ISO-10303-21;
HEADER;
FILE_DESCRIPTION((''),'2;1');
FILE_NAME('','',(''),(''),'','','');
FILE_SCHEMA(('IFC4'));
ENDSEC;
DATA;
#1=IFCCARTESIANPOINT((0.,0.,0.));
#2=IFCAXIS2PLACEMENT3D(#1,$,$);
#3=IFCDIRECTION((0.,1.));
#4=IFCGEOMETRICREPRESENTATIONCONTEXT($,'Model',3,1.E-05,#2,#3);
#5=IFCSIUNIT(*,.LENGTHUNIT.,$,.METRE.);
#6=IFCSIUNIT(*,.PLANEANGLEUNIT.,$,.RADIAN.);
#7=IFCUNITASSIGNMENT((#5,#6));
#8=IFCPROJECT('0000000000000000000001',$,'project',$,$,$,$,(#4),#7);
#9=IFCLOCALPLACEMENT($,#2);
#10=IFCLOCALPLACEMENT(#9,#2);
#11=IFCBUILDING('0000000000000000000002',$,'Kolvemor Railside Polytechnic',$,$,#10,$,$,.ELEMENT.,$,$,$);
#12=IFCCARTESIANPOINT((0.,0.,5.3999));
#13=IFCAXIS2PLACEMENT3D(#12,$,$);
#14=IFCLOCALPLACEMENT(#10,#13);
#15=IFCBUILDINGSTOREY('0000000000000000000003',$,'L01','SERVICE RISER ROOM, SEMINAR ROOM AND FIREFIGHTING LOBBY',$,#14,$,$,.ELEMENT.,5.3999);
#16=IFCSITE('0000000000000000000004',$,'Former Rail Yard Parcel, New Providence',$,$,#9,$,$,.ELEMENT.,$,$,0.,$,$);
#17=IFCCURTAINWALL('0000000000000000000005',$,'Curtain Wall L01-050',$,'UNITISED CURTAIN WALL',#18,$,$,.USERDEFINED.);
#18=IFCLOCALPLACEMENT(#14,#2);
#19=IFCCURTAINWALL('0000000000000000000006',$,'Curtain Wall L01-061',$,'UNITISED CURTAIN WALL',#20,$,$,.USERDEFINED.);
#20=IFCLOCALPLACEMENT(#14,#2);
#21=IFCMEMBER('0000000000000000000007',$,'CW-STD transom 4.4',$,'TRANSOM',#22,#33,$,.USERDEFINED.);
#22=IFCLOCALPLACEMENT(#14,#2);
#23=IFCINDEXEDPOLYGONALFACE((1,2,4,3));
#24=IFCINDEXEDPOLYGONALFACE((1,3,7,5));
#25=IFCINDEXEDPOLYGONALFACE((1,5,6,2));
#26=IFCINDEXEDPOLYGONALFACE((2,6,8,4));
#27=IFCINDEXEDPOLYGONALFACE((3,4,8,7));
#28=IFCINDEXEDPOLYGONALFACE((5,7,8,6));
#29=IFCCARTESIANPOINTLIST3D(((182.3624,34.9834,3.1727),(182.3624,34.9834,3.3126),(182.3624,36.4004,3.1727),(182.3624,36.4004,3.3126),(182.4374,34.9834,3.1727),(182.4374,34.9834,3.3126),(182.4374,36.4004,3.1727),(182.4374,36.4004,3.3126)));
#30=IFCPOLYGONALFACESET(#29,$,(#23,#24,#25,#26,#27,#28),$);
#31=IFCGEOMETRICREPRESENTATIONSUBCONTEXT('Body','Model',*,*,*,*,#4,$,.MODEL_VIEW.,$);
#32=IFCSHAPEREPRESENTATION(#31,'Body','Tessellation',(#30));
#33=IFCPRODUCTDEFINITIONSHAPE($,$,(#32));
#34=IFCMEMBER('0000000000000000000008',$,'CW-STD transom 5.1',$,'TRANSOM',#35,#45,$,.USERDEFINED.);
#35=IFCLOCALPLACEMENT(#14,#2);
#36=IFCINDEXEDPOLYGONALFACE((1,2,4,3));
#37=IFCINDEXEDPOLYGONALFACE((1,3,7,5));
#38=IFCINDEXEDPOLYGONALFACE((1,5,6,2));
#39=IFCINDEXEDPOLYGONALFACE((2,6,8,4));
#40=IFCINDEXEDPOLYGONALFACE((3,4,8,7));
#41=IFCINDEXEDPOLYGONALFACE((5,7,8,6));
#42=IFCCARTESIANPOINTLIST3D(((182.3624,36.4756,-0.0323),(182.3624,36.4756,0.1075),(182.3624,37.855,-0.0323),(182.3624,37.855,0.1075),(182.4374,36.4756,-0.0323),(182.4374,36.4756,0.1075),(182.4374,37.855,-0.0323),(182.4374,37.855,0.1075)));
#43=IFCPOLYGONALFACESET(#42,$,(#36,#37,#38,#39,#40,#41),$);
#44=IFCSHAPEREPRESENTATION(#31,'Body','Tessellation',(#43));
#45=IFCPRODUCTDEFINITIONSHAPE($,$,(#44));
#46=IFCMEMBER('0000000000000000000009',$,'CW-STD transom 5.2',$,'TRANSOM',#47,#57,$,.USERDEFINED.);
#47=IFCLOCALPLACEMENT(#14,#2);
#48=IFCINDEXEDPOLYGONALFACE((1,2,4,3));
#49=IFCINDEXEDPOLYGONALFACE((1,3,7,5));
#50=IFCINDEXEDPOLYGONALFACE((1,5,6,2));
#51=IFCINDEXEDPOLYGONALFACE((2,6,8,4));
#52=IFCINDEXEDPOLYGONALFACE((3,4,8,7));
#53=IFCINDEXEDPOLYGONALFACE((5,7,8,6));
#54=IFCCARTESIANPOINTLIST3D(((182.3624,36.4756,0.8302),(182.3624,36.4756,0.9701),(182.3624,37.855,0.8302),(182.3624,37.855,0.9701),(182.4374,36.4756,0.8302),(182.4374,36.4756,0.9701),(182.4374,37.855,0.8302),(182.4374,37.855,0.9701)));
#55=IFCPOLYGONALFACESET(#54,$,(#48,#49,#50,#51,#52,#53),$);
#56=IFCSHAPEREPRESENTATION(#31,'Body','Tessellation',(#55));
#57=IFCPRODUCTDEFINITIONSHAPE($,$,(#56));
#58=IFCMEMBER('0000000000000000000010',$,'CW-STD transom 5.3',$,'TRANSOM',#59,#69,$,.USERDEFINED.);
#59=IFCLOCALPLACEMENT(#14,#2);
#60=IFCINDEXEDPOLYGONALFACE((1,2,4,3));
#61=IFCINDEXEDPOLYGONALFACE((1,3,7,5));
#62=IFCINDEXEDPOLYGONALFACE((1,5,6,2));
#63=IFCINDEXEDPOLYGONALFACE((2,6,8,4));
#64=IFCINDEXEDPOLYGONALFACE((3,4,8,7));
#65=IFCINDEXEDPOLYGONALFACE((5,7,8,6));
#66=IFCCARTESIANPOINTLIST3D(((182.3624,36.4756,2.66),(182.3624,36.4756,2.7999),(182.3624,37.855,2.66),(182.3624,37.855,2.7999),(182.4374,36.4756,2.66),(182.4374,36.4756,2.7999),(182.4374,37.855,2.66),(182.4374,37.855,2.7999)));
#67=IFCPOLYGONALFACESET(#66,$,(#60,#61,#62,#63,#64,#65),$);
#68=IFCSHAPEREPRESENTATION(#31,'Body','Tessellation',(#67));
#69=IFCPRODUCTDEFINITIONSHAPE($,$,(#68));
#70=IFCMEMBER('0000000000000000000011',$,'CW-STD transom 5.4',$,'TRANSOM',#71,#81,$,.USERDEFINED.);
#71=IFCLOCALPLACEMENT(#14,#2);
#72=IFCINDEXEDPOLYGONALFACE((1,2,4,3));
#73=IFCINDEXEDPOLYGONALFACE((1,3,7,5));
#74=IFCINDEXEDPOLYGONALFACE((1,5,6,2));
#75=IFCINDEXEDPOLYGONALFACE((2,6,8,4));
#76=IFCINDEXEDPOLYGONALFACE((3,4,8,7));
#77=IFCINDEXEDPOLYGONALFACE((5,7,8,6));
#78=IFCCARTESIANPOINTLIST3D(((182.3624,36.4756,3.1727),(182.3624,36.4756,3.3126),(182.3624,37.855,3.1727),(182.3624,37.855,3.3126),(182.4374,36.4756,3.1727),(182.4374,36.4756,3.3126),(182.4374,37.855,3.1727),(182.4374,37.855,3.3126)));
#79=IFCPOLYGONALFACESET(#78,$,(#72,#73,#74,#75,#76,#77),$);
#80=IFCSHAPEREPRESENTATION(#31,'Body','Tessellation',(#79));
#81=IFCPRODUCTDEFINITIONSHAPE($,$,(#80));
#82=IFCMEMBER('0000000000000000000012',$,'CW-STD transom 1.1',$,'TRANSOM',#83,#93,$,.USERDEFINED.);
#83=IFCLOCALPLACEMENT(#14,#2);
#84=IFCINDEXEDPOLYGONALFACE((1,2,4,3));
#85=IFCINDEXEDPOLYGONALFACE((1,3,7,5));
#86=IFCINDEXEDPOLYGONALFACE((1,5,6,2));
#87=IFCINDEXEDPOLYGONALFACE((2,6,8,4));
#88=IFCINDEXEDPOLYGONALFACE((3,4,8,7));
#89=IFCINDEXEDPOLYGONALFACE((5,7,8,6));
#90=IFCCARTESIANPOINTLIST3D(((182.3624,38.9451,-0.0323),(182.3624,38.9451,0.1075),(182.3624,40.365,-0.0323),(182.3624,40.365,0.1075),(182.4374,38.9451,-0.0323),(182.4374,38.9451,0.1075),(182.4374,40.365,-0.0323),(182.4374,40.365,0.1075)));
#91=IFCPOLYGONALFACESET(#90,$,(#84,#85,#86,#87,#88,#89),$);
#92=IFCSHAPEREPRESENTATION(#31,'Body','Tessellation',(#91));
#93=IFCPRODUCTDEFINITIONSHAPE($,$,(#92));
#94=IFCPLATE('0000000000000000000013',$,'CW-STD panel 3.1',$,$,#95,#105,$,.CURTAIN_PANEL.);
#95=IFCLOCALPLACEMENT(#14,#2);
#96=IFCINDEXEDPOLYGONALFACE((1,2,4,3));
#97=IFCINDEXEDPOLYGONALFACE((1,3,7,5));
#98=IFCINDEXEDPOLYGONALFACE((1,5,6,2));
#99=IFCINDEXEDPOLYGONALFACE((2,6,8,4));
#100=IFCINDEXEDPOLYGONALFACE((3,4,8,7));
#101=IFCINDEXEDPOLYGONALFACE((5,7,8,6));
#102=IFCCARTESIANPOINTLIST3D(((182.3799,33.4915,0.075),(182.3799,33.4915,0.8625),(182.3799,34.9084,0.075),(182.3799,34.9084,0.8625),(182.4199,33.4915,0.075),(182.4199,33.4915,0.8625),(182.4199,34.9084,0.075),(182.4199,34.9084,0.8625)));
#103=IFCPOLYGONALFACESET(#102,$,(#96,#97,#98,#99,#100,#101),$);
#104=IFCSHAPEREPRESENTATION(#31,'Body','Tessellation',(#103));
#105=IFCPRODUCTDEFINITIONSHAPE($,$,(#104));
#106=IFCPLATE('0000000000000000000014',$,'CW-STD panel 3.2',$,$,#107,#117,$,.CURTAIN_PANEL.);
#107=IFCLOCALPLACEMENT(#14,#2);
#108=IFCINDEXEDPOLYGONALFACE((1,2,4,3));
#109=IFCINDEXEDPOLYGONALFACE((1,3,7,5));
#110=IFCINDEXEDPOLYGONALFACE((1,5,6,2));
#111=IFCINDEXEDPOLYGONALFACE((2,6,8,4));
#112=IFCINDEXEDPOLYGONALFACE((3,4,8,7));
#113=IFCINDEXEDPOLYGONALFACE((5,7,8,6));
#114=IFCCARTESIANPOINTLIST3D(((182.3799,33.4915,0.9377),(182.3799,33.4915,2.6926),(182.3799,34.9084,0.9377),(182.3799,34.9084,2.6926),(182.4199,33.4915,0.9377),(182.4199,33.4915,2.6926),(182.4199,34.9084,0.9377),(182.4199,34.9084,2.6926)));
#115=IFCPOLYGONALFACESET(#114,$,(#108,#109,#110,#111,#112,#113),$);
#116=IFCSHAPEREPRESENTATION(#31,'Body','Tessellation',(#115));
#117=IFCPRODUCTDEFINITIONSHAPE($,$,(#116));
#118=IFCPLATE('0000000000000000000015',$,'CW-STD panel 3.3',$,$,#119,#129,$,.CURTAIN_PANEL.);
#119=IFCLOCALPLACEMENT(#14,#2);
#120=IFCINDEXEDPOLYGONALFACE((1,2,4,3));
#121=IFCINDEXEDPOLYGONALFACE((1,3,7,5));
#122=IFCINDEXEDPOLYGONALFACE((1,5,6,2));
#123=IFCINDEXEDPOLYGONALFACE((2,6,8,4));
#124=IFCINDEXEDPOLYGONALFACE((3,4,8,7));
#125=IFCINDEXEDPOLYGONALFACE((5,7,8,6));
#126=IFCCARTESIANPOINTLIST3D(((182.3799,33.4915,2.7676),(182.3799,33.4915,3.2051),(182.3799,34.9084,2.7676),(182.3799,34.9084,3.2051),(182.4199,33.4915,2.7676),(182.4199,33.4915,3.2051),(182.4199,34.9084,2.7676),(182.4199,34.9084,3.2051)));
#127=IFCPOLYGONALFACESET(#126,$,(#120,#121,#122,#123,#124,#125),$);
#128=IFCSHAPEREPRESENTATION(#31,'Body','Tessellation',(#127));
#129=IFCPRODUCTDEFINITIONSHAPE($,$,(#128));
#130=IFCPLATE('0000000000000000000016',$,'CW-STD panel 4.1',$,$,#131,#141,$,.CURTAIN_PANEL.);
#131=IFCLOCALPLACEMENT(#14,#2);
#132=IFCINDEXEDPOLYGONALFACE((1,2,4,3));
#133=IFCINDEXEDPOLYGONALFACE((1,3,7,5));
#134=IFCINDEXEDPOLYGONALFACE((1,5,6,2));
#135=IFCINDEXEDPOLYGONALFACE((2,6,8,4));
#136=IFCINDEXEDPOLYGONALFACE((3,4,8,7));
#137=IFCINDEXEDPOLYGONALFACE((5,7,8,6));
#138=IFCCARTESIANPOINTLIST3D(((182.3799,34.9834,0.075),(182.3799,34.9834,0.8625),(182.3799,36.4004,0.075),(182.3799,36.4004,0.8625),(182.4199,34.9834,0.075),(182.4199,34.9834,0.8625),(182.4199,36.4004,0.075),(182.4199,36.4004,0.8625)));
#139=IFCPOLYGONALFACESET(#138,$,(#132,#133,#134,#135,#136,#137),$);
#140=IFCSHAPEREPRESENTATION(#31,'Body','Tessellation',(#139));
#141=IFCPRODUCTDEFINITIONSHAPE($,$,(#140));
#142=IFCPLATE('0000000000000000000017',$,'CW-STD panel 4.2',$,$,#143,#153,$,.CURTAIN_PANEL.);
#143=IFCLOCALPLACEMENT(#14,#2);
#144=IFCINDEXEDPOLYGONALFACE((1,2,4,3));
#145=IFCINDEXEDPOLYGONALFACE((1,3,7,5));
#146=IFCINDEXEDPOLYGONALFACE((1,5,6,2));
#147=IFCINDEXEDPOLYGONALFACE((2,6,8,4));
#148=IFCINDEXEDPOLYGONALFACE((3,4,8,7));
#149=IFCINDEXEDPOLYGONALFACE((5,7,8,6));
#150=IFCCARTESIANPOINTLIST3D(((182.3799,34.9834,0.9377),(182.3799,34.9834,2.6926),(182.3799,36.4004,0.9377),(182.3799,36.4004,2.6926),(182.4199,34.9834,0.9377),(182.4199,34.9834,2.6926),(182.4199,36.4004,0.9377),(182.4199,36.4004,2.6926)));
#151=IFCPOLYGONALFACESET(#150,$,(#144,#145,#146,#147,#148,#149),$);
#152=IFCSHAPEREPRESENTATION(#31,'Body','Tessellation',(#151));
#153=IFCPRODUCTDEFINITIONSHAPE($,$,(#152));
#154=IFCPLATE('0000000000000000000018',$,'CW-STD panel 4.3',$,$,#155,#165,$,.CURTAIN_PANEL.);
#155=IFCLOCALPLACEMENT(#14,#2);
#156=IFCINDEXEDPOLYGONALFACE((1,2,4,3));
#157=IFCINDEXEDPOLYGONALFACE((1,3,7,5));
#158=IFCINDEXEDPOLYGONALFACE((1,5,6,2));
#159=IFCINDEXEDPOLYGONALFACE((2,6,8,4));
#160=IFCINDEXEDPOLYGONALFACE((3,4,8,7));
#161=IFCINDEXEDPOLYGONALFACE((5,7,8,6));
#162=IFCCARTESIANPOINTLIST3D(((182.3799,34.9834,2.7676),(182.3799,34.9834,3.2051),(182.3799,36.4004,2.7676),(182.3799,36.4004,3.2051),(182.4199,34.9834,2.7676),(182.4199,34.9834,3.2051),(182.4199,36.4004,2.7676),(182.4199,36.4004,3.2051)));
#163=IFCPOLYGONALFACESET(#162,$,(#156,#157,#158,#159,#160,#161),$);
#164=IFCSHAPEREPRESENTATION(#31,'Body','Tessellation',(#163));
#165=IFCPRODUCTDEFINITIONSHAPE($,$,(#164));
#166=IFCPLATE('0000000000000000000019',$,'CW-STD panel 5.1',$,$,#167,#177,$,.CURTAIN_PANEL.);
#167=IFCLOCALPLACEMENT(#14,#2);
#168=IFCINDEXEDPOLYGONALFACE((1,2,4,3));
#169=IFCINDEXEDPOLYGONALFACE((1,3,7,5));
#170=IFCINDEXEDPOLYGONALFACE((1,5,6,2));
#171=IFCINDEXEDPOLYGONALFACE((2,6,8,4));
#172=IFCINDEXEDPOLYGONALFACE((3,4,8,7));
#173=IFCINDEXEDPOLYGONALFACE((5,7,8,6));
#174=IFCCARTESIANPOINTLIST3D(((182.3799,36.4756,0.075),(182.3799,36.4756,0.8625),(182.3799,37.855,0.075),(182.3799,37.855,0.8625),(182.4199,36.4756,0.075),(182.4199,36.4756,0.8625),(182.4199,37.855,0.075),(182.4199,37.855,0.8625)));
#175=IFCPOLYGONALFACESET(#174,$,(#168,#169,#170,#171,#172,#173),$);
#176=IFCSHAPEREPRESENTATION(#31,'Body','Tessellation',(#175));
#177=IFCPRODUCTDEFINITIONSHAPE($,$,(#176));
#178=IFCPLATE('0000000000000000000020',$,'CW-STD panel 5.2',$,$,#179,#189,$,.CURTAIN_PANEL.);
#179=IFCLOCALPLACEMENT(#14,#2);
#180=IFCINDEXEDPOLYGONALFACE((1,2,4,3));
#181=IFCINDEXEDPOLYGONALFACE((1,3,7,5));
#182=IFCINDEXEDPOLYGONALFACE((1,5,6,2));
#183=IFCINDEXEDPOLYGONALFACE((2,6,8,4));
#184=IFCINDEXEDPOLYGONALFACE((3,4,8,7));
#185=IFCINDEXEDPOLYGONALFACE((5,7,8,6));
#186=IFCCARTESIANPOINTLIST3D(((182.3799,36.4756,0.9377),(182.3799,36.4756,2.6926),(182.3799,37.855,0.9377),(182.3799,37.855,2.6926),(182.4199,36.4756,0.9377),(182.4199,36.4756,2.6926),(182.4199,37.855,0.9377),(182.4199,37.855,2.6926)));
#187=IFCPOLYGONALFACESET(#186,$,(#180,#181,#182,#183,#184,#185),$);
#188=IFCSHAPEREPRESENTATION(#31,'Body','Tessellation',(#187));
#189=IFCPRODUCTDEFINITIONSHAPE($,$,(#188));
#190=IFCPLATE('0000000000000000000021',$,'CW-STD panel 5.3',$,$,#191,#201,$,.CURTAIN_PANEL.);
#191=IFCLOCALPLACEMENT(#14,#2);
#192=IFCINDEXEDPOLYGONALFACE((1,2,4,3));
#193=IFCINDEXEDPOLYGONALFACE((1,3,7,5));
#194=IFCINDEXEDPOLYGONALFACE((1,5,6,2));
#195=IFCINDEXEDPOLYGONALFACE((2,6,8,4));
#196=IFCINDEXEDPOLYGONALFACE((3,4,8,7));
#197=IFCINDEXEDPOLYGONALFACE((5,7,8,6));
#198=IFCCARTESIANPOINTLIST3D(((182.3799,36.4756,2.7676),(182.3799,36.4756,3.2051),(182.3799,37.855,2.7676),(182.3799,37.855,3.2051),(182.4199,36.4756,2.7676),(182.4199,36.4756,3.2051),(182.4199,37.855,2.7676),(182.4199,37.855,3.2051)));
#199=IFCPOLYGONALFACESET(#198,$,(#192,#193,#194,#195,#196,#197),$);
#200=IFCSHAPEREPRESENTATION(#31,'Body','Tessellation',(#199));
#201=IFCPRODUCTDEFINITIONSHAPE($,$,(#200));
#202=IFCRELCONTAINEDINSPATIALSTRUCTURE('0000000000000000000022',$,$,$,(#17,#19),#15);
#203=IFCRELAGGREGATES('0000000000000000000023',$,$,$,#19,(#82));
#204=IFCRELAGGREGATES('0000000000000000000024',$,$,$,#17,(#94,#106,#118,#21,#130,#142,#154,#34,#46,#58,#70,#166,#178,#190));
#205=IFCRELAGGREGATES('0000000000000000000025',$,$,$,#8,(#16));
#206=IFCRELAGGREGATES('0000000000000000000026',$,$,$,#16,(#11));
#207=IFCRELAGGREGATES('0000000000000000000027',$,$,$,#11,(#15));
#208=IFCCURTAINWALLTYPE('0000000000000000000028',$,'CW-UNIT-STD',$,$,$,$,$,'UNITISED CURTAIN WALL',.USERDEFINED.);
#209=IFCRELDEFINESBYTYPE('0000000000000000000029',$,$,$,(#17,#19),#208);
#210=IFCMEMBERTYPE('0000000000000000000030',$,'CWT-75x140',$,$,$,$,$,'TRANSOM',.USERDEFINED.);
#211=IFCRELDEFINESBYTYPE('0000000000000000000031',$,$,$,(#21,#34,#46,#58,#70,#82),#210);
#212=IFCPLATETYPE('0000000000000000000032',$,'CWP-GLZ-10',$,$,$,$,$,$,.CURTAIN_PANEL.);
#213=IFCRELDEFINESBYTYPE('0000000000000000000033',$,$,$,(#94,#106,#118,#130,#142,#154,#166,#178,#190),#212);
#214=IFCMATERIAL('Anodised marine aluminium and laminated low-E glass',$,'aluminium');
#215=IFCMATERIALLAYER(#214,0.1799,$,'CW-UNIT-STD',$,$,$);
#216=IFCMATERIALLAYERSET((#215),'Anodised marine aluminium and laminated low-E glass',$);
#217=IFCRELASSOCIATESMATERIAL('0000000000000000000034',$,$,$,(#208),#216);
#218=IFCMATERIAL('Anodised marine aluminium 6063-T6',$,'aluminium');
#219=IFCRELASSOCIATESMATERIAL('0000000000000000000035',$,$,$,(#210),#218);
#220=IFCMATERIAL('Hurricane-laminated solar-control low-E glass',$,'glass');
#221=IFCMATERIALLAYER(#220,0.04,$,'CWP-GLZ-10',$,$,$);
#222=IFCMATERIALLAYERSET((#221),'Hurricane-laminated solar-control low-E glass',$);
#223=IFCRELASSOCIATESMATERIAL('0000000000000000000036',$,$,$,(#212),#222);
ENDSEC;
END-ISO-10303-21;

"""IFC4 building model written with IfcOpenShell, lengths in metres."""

from ifc_helpers import new_model, si_unit, direction, frame, origin, origin_2d, place, context, subcontext, project, spatial, rectangle, extrude, material, layer, layer_set, material_profile, profile_set, type_object, element, aggregate, save


model = new_model("IFC4")

# Units and contexts
model_context = context("Model", 3, precision=1e-05, world=origin(), true_north=direction((0.0, 1.0)))
body_context = subcontext(model_context, "Body", "Model", "MODEL_VIEW")
ifc_project = project(units=[si_unit("LENGTHUNIT", "METRE"), si_unit("PLANEANGLEUNIT", "RADIAN")], contexts=[model_context])

# Site, building, storey
site_placement = place(None, origin())
site = spatial("IfcSite", under=ifc_project, at=site_placement, Name="Former Rail Yard Parcel, New Providence", CompositionType="ELEMENT", RefElevation=0.0)
building_placement = place(site_placement, origin())
building = spatial("IfcBuilding", under=site, at=building_placement, Name="Kolvemor Railside Polytechnic", CompositionType="ELEMENT")
storey_placement = place(building_placement, frame((0.0, 0.0, 5.3999)))
storey = spatial("IfcBuildingStorey", under=building, at=storey_placement, Name="L01", Description="SERVICE RISER ROOM, SEMINAR ROOM AND FIREFIGHTING LOBBY", CompositionType="ELEMENT", Elevation=5.3999)

# Curtain wall
ifc_material_1 = material(Name="Anodised marine aluminium and laminated low-E glass", Category="aluminium")
ifc_layer_1 = layer(ifc_material_1, 0.1799, Name="CW-UNIT-STD")
ifc_layer_set_1 = layer_set([ifc_layer_1], Name="Anodised marine aluminium and laminated low-E glass")
curtain_wall_type = type_object("IfcCurtainWallType", Name="CW-UNIT-STD", ElementType="UNITISED CURTAIN WALL", PredefinedType="USERDEFINED", material=ifc_layer_set_1)
curtain_wall_1_placement = place(storey_placement, origin())
curtain_wall_1 = element("IfcCurtainWall", 1, at=curtain_wall_1_placement, inside=storey, type_object=curtain_wall_type, Name="Curtain Wall L01-050", ObjectType="UNITISED CURTAIN WALL", PredefinedType="USERDEFINED")

# Curtain wall
curtain_wall_2_placement = place(storey_placement, origin())
curtain_wall_2 = element("IfcCurtainWall", 2, at=curtain_wall_2_placement, inside=storey, type_object=curtain_wall_type, Name="Curtain Wall L01-061", ObjectType="UNITISED CURTAIN WALL", PredefinedType="USERDEFINED")

# Members
ifc_material_2 = material(Name="Anodised marine aluminium 6063-T6", Category="aluminium")
ifc_material_profile_1 = material_profile(ifc_material_2, rectangle(XDim=0.075, YDim=0.1399, at=origin_2d()), Name="CW-TRN-75x140")
ifc_profile_set_1 = profile_set([ifc_material_profile_1], Name="Anodised marine aluminium 6063-T6")
member_type_1 = type_object("IfcMemberType", Name="CWT-75x140", ElementType="TRANSOM", PredefinedType="USERDEFINED", material=ifc_profile_set_1)
member_1_placement = place(storey_placement, frame((182.3999, 34.9834, 3.2427), z_axis=(0.0, 1.0, 0.0), x_axis=(-1.0, 0.0, 0.0)))
member_1 = element("IfcMember", 3, at=member_1_placement, type_object=member_type_1, Name="CW-STD transom 4.4", ObjectType="TRANSOM", PredefinedType="USERDEFINED", context=body_context, shape_type="SweptSolid", body=[
    extrude(rectangle(XDim=0.075, YDim=0.1399, at=origin_2d()), origin(), (0.0, 0.0, 1.0), 1.417),
])
member_2_placement = place(storey_placement, frame((182.3999, 36.4756, 0.0376), z_axis=(0.0, 1.0, 0.0), x_axis=(-1.0, 0.0, 0.0)))
member_2 = element("IfcMember", 4, at=member_2_placement, type_object=member_type_1, Name="CW-STD transom 5.1", ObjectType="TRANSOM", PredefinedType="USERDEFINED", context=body_context, shape_type="SweptSolid", body=[
    extrude(rectangle(XDim=0.075, YDim=0.1399, at=origin_2d()), origin(), (0.0, 0.0, 1.0), 1.3794),
])
member_3_placement = place(storey_placement, frame((182.3999, 36.4756, 0.9001), z_axis=(0.0, 1.0, 0.0), x_axis=(-1.0, 0.0, 0.0)))
member_3 = element("IfcMember", 5, at=member_3_placement, type_object=member_type_1, Name="CW-STD transom 5.2", ObjectType="TRANSOM", PredefinedType="USERDEFINED", context=body_context, shape_type="SweptSolid", body=[
    extrude(rectangle(XDim=0.075, YDim=0.1399, at=origin_2d()), origin(), (0.0, 0.0, 1.0), 1.3794),
])
member_4_placement = place(storey_placement, frame((182.3999, 36.4756, 2.73), z_axis=(0.0, 1.0, 0.0), x_axis=(-1.0, 0.0, 0.0)))
member_4 = element("IfcMember", 6, at=member_4_placement, type_object=member_type_1, Name="CW-STD transom 5.3", ObjectType="TRANSOM", PredefinedType="USERDEFINED", context=body_context, shape_type="SweptSolid", body=[
    extrude(rectangle(XDim=0.075, YDim=0.1399, at=origin_2d()), origin(), (0.0, 0.0, 1.0), 1.3794),
])
member_5_placement = place(storey_placement, frame((182.3999, 36.4756, 3.2427), z_axis=(0.0, 1.0, 0.0), x_axis=(-1.0, 0.0, 0.0)))
member_5 = element("IfcMember", 7, at=member_5_placement, type_object=member_type_1, Name="CW-STD transom 5.4", ObjectType="TRANSOM", PredefinedType="USERDEFINED", context=body_context, shape_type="SweptSolid", body=[
    extrude(rectangle(XDim=0.075, YDim=0.1399, at=origin_2d()), origin(), (0.0, 0.0, 1.0), 1.3794),
])
member_6_placement = place(storey_placement, frame((182.3999, 38.9451, 0.0376), z_axis=(0.0, 1.0, 0.0), x_axis=(-1.0, 0.0, 0.0)))
member_6 = element("IfcMember", 8, at=member_6_placement, type_object=member_type_1, Name="CW-STD transom 1.1", ObjectType="TRANSOM", PredefinedType="USERDEFINED", context=body_context, shape_type="SweptSolid", body=[
    extrude(rectangle(XDim=0.075, YDim=0.1399, at=origin_2d()), origin(), (0.0, 0.0, 1.0), 1.4199),
])
aggregate(curtain_wall_2, [member_6])

# Plates
ifc_material_3 = material(Name="Hurricane-laminated solar-control low-E glass", Category="glass")
ifc_layer_2 = layer(ifc_material_3, 0.04, Name="CWP-GLZ-10")
ifc_layer_set_2 = layer_set([ifc_layer_2], Name="Hurricane-laminated solar-control low-E glass")
plate_type = type_object("IfcPlateType", Name="CWP-GLZ-10", PredefinedType="CURTAIN_PANEL", material=ifc_layer_set_2)
plate_1_placement = place(storey_placement, frame((182.3999, 34.2, 0.075), z_axis=(0.0, 0.0, 1.0), x_axis=(0.0, 1.0, 0.0)))
plate_1 = element("IfcPlate", 9, at=plate_1_placement, type_object=plate_type, Name="CW-STD panel 3.1", PredefinedType="CURTAIN_PANEL", context=body_context, shape_type="SweptSolid", body=[
    extrude(rectangle(XDim=1.417, YDim=0.04, at=origin_2d()), origin(), (0.0, 0.0, 1.0), 0.7876),
])
plate_2_placement = place(storey_placement, frame((182.3999, 34.2, 0.9377), z_axis=(0.0, 0.0, 1.0), x_axis=(0.0, 1.0, 0.0)))
plate_2 = element("IfcPlate", 10, at=plate_2_placement, type_object=plate_type, Name="CW-STD panel 3.2", PredefinedType="CURTAIN_PANEL", context=body_context, shape_type="SweptSolid", body=[
    extrude(rectangle(XDim=1.417, YDim=0.04, at=origin_2d()), origin(), (0.0, 0.0, 1.0), 1.7549),
])
plate_3_placement = place(storey_placement, frame((182.3999, 34.2, 2.7676), z_axis=(0.0, 0.0, 1.0), x_axis=(0.0, 1.0, 0.0)))
plate_3 = element("IfcPlate", 11, at=plate_3_placement, type_object=plate_type, Name="CW-STD panel 3.3", PredefinedType="CURTAIN_PANEL", context=body_context, shape_type="SweptSolid", body=[
    extrude(rectangle(XDim=1.417, YDim=0.04, at=origin_2d()), origin(), (0.0, 0.0, 1.0), 0.4375),
])
plate_4_placement = place(storey_placement, frame((182.3999, 35.6919, 0.075), z_axis=(0.0, 0.0, 1.0), x_axis=(0.0, 1.0, 0.0)))
plate_4 = element("IfcPlate", 12, at=plate_4_placement, type_object=plate_type, Name="CW-STD panel 4.1", PredefinedType="CURTAIN_PANEL", context=body_context, shape_type="SweptSolid", body=[
    extrude(rectangle(XDim=1.417, YDim=0.04, at=origin_2d()), origin(), (0.0, 0.0, 1.0), 0.7876),
])
plate_5_placement = place(storey_placement, frame((182.3999, 35.6919, 0.9377), z_axis=(0.0, 0.0, 1.0), x_axis=(0.0, 1.0, 0.0)))
plate_5 = element("IfcPlate", 13, at=plate_5_placement, type_object=plate_type, Name="CW-STD panel 4.2", PredefinedType="CURTAIN_PANEL", context=body_context, shape_type="SweptSolid", body=[
    extrude(rectangle(XDim=1.417, YDim=0.04, at=origin_2d()), origin(), (0.0, 0.0, 1.0), 1.7549),
])
plate_6_placement = place(storey_placement, frame((182.3999, 35.6919, 2.7676), z_axis=(0.0, 0.0, 1.0), x_axis=(0.0, 1.0, 0.0)))
plate_6 = element("IfcPlate", 14, at=plate_6_placement, type_object=plate_type, Name="CW-STD panel 4.3", PredefinedType="CURTAIN_PANEL", context=body_context, shape_type="SweptSolid", body=[
    extrude(rectangle(XDim=1.417, YDim=0.04, at=origin_2d()), origin(), (0.0, 0.0, 1.0), 0.4375),
])
plate_7_placement = place(storey_placement, frame((182.3999, 37.1653, 0.075), z_axis=(0.0, 0.0, 1.0), x_axis=(0.0, 1.0, 0.0)))
plate_7 = element("IfcPlate", 15, at=plate_7_placement, type_object=plate_type, Name="CW-STD panel 5.1", PredefinedType="CURTAIN_PANEL", context=body_context, shape_type="SweptSolid", body=[
    extrude(rectangle(XDim=1.3794, YDim=0.04, at=origin_2d()), origin(), (0.0, 0.0, 1.0), 0.7876),
])
plate_8_placement = place(storey_placement, frame((182.3999, 37.1653, 0.9377), z_axis=(0.0, 0.0, 1.0), x_axis=(0.0, 1.0, 0.0)))
plate_8 = element("IfcPlate", 16, at=plate_8_placement, type_object=plate_type, Name="CW-STD panel 5.2", PredefinedType="CURTAIN_PANEL", context=body_context, shape_type="SweptSolid", body=[
    extrude(rectangle(XDim=1.3794, YDim=0.04, at=origin_2d()), origin(), (0.0, 0.0, 1.0), 1.7549),
])
plate_9_placement = place(storey_placement, frame((182.3999, 37.1653, 2.7676), z_axis=(0.0, 0.0, 1.0), x_axis=(0.0, 1.0, 0.0)))
plate_9 = element("IfcPlate", 17, at=plate_9_placement, type_object=plate_type, Name="CW-STD panel 5.3", PredefinedType="CURTAIN_PANEL", context=body_context, shape_type="SweptSolid", body=[
    extrude(rectangle(XDim=1.3794, YDim=0.04, at=origin_2d()), origin(), (0.0, 0.0, 1.0), 0.4375),
])
aggregate(curtain_wall_1, [plate_1, plate_2, plate_3, member_1, plate_4, plate_5, plate_6, member_2, member_3, member_4, member_5, plate_7, plate_8, plate_9])

save(model, "model.ifc")
